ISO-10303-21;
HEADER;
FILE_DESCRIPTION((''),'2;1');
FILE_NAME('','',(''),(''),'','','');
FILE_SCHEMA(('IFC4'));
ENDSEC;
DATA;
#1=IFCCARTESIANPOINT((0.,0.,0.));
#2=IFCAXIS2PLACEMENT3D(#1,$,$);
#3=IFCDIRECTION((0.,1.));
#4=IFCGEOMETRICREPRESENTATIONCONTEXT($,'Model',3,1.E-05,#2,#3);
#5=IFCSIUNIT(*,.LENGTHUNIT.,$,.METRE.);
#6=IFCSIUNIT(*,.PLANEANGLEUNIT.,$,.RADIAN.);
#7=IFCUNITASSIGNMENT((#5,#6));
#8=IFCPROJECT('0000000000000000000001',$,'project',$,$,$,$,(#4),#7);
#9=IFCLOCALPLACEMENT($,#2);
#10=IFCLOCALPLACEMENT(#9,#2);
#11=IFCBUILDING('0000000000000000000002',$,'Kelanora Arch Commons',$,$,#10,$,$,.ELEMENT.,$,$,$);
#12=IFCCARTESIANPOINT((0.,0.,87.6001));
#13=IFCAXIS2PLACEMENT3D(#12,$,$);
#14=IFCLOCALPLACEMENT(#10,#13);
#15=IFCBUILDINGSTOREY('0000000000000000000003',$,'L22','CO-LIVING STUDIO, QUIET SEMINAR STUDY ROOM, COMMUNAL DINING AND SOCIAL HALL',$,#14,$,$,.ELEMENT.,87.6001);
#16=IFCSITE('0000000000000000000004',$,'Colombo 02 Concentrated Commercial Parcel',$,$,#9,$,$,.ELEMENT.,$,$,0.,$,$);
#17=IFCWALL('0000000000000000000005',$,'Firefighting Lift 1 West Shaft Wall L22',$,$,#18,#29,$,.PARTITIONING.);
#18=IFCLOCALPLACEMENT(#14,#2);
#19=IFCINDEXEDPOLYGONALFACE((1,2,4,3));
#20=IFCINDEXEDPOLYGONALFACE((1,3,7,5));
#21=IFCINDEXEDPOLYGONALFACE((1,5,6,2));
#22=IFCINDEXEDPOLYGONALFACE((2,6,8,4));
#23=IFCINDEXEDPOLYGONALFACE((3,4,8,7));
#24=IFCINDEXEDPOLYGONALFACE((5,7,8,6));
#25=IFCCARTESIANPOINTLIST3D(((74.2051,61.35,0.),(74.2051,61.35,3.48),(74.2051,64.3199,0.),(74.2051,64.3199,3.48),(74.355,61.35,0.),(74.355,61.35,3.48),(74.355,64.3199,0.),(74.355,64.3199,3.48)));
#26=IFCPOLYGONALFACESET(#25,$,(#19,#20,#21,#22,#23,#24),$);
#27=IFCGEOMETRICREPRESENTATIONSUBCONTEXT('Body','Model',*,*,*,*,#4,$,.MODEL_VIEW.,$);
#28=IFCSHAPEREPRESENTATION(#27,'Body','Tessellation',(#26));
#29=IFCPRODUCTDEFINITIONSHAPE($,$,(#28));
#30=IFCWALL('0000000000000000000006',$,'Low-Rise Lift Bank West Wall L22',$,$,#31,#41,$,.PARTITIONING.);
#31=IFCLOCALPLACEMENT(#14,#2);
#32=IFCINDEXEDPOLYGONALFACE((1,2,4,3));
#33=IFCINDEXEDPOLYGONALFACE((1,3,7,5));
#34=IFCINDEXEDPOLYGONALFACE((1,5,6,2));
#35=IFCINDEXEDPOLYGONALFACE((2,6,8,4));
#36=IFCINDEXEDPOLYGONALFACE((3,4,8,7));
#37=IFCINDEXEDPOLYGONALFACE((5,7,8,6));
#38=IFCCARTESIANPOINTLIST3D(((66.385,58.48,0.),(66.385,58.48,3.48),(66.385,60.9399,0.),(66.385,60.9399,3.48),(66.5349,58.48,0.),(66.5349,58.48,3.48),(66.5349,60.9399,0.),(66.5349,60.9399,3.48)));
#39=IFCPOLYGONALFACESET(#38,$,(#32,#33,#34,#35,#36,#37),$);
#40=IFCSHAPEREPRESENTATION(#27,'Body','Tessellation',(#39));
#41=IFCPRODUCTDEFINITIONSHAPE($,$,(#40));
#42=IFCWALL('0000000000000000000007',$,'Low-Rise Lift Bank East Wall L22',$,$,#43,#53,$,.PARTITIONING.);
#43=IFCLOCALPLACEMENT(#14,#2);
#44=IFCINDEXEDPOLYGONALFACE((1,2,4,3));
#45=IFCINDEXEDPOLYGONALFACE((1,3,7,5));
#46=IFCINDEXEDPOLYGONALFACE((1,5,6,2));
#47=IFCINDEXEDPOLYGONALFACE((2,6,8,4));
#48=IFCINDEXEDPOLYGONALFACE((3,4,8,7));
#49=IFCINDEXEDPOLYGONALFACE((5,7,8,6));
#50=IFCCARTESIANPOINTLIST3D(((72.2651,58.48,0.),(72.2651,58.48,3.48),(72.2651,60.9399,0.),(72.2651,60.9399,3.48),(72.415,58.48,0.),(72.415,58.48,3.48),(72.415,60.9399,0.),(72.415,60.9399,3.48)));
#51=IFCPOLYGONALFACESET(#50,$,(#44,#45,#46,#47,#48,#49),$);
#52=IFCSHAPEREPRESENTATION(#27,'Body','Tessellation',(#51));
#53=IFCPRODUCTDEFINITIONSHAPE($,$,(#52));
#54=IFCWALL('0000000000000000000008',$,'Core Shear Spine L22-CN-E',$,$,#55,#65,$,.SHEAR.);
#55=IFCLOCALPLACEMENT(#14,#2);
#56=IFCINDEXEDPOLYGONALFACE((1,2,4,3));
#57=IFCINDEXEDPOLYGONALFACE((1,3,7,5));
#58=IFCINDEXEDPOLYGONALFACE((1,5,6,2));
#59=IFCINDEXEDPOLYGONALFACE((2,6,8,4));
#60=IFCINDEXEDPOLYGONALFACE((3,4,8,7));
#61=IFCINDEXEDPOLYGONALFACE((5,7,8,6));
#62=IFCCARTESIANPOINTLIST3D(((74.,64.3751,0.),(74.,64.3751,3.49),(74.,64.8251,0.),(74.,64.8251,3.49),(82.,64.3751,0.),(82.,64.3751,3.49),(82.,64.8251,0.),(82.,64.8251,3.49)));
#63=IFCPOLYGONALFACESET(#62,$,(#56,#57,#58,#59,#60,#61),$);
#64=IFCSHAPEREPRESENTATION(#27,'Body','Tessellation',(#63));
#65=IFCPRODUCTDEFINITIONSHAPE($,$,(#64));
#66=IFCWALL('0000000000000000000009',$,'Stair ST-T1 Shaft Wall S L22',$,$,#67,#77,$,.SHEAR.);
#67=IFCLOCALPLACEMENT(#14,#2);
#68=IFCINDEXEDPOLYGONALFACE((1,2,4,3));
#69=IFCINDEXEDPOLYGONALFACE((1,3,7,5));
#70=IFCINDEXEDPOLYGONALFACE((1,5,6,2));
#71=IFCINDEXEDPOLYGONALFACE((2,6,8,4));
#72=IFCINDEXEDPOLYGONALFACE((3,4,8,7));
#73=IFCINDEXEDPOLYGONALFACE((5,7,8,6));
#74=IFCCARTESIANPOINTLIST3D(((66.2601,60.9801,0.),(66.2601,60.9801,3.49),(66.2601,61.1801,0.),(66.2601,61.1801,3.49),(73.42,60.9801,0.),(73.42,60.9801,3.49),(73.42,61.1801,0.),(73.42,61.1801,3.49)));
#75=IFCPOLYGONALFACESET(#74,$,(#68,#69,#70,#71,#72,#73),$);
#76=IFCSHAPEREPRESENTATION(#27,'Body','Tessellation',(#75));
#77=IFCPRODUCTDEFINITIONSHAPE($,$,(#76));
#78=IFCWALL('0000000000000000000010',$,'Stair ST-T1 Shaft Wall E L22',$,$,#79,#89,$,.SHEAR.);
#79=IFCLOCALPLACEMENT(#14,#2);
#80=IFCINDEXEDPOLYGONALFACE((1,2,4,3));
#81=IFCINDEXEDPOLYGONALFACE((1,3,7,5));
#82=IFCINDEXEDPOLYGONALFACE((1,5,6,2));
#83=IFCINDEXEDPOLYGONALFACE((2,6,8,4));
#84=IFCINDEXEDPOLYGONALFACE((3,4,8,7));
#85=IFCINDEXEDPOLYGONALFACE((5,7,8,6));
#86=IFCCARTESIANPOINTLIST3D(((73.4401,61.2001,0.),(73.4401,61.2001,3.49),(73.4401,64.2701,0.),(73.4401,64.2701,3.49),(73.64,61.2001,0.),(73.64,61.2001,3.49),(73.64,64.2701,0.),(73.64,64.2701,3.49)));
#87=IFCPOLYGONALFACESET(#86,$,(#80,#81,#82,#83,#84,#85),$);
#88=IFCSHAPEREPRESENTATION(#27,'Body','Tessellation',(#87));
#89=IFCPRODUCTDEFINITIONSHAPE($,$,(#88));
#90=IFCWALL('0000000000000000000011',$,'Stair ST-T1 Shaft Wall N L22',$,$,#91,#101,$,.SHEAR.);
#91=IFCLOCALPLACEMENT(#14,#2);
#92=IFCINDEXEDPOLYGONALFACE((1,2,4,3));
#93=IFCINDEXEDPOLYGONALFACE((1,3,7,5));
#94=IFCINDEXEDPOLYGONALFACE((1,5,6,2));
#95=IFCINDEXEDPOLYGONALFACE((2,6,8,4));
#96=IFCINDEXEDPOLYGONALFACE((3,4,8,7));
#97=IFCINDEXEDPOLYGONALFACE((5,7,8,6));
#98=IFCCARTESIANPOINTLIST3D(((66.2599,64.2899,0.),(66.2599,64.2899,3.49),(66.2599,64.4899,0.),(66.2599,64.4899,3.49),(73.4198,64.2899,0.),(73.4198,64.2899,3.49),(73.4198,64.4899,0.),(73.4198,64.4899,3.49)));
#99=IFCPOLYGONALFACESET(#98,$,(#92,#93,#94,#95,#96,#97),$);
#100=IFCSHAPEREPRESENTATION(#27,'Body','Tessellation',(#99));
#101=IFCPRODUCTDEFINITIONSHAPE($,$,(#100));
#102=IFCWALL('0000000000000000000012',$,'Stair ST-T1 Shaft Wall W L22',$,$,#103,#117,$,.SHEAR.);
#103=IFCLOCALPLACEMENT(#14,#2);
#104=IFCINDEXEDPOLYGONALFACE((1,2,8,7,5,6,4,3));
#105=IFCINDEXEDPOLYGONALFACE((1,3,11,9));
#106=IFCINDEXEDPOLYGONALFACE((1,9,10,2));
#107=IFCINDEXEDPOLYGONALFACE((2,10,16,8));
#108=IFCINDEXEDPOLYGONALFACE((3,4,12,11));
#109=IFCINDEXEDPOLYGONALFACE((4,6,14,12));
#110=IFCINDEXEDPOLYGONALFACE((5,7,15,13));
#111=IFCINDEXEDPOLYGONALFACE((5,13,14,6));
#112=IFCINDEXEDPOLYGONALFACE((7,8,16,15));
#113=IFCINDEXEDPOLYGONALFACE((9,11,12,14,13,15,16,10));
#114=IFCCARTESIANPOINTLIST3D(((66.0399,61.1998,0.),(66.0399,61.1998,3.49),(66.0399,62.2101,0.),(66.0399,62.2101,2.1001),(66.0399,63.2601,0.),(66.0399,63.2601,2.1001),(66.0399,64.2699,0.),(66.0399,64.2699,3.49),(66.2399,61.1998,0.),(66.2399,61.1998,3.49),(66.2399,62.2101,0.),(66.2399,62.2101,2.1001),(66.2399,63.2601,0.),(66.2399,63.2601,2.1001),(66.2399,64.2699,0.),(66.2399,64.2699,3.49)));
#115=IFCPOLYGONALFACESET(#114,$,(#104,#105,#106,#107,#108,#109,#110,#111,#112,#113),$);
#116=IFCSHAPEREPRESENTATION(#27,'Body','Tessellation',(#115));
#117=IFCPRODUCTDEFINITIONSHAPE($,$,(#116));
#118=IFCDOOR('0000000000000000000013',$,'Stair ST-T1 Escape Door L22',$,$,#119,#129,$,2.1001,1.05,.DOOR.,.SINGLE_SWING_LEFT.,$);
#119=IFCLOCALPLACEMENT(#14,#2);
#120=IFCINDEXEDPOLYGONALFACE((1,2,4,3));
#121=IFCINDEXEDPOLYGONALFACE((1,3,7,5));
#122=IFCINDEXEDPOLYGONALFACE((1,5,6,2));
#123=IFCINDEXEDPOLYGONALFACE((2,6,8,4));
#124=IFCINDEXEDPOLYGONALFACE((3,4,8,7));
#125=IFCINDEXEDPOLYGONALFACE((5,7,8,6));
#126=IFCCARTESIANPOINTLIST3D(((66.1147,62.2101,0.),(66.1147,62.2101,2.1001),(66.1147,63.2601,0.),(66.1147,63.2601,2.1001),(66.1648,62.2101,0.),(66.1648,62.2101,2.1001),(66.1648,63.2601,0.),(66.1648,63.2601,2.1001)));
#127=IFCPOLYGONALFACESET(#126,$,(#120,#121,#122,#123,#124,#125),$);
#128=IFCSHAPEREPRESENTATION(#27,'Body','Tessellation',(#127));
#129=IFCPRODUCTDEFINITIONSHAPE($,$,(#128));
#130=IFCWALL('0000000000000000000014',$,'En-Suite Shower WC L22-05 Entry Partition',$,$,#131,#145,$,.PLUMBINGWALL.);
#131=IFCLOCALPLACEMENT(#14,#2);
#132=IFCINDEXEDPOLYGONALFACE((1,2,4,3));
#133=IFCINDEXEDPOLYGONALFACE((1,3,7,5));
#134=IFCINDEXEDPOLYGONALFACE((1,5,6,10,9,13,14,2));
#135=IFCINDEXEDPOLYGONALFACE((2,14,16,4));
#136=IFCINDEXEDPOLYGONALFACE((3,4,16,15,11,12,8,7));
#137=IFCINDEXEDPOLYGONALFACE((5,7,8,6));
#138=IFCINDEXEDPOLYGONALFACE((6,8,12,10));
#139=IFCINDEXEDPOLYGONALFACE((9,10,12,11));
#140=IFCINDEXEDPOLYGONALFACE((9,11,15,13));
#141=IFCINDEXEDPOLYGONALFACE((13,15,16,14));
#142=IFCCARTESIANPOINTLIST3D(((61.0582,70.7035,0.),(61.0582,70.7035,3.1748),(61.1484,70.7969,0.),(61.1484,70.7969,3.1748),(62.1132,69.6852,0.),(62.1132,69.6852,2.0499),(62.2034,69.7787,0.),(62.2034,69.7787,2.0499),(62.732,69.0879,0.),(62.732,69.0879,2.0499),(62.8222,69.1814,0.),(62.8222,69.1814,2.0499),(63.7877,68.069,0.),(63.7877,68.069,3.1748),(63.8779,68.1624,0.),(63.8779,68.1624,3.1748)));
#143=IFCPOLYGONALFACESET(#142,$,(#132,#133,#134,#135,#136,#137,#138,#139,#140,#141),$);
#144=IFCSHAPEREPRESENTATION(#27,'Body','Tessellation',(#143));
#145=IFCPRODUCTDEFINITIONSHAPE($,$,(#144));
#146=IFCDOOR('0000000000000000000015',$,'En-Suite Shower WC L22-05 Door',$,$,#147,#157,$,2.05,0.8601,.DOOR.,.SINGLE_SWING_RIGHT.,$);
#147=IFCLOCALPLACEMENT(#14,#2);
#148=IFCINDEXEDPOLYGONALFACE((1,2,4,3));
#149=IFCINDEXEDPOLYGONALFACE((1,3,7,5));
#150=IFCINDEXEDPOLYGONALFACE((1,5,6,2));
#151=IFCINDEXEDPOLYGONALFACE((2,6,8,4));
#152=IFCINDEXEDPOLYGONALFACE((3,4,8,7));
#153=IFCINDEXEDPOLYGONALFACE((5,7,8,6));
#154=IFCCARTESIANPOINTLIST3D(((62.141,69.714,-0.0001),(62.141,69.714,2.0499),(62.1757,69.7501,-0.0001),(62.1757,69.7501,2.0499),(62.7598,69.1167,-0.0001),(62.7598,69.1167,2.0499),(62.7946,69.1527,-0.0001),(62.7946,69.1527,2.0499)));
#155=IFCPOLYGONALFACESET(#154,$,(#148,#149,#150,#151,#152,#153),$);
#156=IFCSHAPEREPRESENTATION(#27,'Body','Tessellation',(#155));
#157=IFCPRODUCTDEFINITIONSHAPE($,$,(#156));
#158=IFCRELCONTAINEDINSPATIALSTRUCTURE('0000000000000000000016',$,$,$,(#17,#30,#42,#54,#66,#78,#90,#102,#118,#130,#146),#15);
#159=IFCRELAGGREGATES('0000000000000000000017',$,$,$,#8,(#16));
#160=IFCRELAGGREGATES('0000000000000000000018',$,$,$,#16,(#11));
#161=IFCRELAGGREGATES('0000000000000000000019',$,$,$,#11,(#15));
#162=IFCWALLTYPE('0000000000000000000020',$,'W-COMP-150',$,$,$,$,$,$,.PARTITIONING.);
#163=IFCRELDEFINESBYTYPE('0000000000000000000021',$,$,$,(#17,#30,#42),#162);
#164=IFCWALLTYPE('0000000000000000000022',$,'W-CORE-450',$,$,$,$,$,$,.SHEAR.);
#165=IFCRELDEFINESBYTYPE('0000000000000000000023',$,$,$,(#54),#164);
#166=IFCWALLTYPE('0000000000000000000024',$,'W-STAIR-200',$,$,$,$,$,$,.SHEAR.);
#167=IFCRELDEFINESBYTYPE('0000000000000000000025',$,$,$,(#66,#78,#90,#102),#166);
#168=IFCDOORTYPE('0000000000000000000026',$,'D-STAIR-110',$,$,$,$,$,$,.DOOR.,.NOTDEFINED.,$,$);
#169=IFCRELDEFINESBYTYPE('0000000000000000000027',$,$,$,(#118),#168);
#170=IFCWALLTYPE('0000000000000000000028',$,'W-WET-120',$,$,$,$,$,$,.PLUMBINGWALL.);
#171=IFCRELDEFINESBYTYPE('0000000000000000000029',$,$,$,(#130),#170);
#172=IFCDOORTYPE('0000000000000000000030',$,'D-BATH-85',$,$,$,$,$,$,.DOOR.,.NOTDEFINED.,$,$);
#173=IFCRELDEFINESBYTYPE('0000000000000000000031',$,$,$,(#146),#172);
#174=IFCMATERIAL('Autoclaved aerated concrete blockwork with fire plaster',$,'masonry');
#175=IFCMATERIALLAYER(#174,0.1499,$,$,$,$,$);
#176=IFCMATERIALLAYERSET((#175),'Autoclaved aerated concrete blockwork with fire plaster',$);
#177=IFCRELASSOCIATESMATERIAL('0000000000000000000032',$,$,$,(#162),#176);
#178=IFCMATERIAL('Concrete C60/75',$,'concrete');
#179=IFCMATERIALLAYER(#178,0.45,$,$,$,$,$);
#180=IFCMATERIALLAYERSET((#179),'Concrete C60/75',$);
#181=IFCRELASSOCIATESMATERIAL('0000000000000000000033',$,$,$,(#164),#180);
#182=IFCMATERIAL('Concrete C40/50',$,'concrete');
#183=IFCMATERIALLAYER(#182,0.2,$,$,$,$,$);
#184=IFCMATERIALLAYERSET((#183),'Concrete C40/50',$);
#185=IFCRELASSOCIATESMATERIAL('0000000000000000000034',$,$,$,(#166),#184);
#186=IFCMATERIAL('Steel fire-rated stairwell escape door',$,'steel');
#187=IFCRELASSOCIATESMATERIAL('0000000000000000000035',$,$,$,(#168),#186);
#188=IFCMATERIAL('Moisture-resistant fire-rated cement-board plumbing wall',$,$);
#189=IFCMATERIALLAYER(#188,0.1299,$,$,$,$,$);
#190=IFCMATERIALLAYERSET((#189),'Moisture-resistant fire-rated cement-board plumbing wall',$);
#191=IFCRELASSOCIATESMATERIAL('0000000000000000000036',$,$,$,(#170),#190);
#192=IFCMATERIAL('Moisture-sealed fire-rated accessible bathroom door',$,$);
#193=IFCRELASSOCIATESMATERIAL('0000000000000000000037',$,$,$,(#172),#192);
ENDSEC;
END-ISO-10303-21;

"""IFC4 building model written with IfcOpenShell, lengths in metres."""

from ifc_helpers import new_model, si_unit, direction, frame, frame_2d, origin, place, context, subcontext, project, spatial, rectangle, extrude, material, layer, layer_set, type_object, element, fill, save


model = new_model("IFC4")

# Units and contexts
model_context = context("Model", 3, precision=1e-05, world=origin(), true_north=direction((0.0, 1.0)))
body_context = subcontext(model_context, "Body", "Model", "MODEL_VIEW")
ifc_project = project(units=[si_unit("LENGTHUNIT", "METRE"), si_unit("PLANEANGLEUNIT", "RADIAN")], contexts=[model_context])

# Site, building, storey
site_placement = place(None, origin())
site = spatial("IfcSite", under=ifc_project, at=site_placement, Name="Colombo 02 Concentrated Commercial Parcel", CompositionType="ELEMENT", RefElevation=0.0)
building_placement = place(site_placement, origin())
building = spatial("IfcBuilding", under=site, at=building_placement, Name="Kelanora Arch Commons", CompositionType="ELEMENT")
storey_placement = place(building_placement, frame((0.0, 0.0, 87.6001)))
storey = spatial("IfcBuildingStorey", under=building, at=storey_placement, Name="L22", Description="CO-LIVING STUDIO, QUIET SEMINAR STUDY ROOM, COMMUNAL DINING AND SOCIAL HALL", CompositionType="ELEMENT", Elevation=87.6001)

# Shared definitions
ifc_material_1 = material(Name="Concrete C60/75", Category="concrete")

# Walls
ifc_material_2 = material(Name="Autoclaved aerated concrete blockwork with fire plaster", Category="masonry")
ifc_layer_1 = layer(ifc_material_2, 0.1499)
ifc_layer_set_1 = layer_set([ifc_layer_1], Name="Autoclaved aerated concrete blockwork with fire plaster")
wall_type_1 = type_object("IfcWallType", Name="W-COMP-150", PredefinedType="PARTITIONING", material=ifc_layer_set_1)
wall_1_placement = place(storey_placement, frame((74.28, 61.3501, 0.0), z_axis=(0.0, 0.0, 1.0), x_axis=(0.0, 1.0, 0.0)))
element("IfcWall", 1, at=wall_1_placement, inside=storey, type_object=wall_type_1, Name="Firefighting Lift 1 West Shaft Wall L22", PredefinedType="PARTITIONING", context=body_context, shape_type="SweptSolid", body=[
    extrude(rectangle(XDim=2.97, YDim=0.1499, at=frame_2d((1.4849, 0.0))), origin(), (0.0, 0.0, 1.0), 3.48),
])
for number, where, z_axis, x_axis, name in (
    (2, (66.46, 58.48, 0.0), (0.0, 0.0, 1.0), (0.0, 1.0, 0.0), "Low-Rise Lift Bank West Wall L22"),
    (3, (72.3401, 58.48, 0.0), (0.0, 0.0, 1.0), (0.0, 1.0, 0.0), "Low-Rise Lift Bank East Wall L22"),
):
    element("IfcWall", number, at=place(storey_placement, frame(where, z_axis=z_axis, x_axis=x_axis)), inside=storey, type_object=wall_type_1, Name=name, PredefinedType="PARTITIONING", context=body_context, shape_type="SweptSolid", body=[
        extrude(rectangle(XDim=2.46, YDim=0.1499, at=frame_2d((1.23, 0.0))), origin(), (0.0, 0.0, 1.0), 3.48),
    ])
ifc_layer_2 = layer(ifc_material_1, 0.45)
ifc_layer_set_2 = layer_set([ifc_layer_2], Name="Concrete C60/75")
wall_type_2 = type_object("IfcWallType", Name="W-CORE-450", PredefinedType="SHEAR", material=ifc_layer_set_2)
wall_2_placement = place(storey_placement, frame((74.0, 64.6001, 0.0), z_axis=(0.0, 0.0, 1.0), x_axis=(1.0, 0.0, 0.0)))
element("IfcWall", 4, at=wall_2_placement, inside=storey, type_object=wall_type_2, Name="Core Shear Spine L22-CN-E", PredefinedType="SHEAR", context=body_context, shape_type="SweptSolid", body=[
    extrude(rectangle(XDim=8.0, YDim=0.45, at=frame_2d((4.0, 0.0))), origin(), (0.0, 0.0, 1.0), 3.49),
])

# Shared definitions
ifc_material_3 = material(Name="Concrete C40/50", Category="concrete")

# Walls
ifc_layer_3 = layer(ifc_material_3, 0.2)
ifc_layer_set_3 = layer_set([ifc_layer_3], Name="Concrete C40/50")
wall_type_3 = type_object("IfcWallType", Name="W-STAIR-200", PredefinedType="SHEAR", material=ifc_layer_set_3)
wall_3_placement = place(storey_placement, frame((66.26, 61.0801, 0.0), z_axis=(0.0, 0.0, 1.0), x_axis=(1.0, 0.0, 0.0)))
element("IfcWall", 5, at=wall_3_placement, inside=storey, type_object=wall_type_3, Name="Stair ST-T1 Shaft Wall S L22", PredefinedType="SHEAR", context=body_context, shape_type="SweptSolid", body=[
    extrude(rectangle(XDim=7.1599, YDim=0.2, at=frame_2d((3.5801, 0.0))), origin(), (0.0, 0.0, 1.0), 3.49),
])
wall_4_placement = place(storey_placement, frame((73.54, 61.2, 0.0), z_axis=(0.0, 0.0, 1.0), x_axis=(0.0, 1.0, 0.0)))
element("IfcWall", 6, at=wall_4_placement, inside=storey, type_object=wall_type_3, Name="Stair ST-T1 Shaft Wall E L22", PredefinedType="SHEAR", context=body_context, shape_type="SweptSolid", body=[
    extrude(rectangle(XDim=3.0701, YDim=0.2, at=frame_2d((1.5352, 0.0))), origin(), (0.0, 0.0, 1.0), 3.49),
])
wall_5_placement = place(storey_placement, frame((73.4199, 64.3899, 0.0), z_axis=(0.0, 0.0, 1.0), x_axis=(-1.0, 0.0, 0.0)))
element("IfcWall", 7, at=wall_5_placement, inside=storey, type_object=wall_type_3, Name="Stair ST-T1 Shaft Wall N L22", PredefinedType="SHEAR", context=body_context, shape_type="SweptSolid", body=[
    extrude(rectangle(XDim=7.1599, YDim=0.2, at=frame_2d((3.5801, 0.0))), origin(), (0.0, 0.0, 1.0), 3.49),
])

# Walls, openings, doors
wall_6_placement = place(storey_placement, frame((66.1399, 64.27, 0.0), z_axis=(0.0, 0.0, 1.0), x_axis=(0.0, -1.0, 0.0)))
wall_6 = element("IfcWall", 8, at=wall_6_placement, inside=storey, type_object=wall_type_3, Name="Stair ST-T1 Shaft Wall W L22", PredefinedType="SHEAR", context=body_context, shape_type="SweptSolid", body=[
    extrude(rectangle(XDim=3.0701, YDim=0.2, at=frame_2d((1.5352, 0.0))), origin(), (0.0, 0.0, 1.0), 3.49),
])
opening_1_placement = place(wall_6_placement, frame((1.01, 0.0, 0.0)))
opening_1 = element("IfcOpeningElement", 9, at=opening_1_placement, cuts=wall_6, PredefinedType="OPENING", context=body_context, shape_type="SweptSolid", body=[
    extrude(rectangle(XDim=1.05, YDim=2.1001, at=frame_2d((0.5249, 1.05))), frame((0.0, 0.1099, 0.0), z_axis=(0.0, -1.0, 0.0), x_axis=(1.0, 0.0, 0.0)), (0.0, 0.0, 1.0), 0.22),
])
ifc_material_4 = material(Name="Steel fire-rated stairwell escape door", Category="steel")
door_type_1 = type_object("IfcDoorType", Name="D-STAIR-110", OperationType="NOTDEFINED", PredefinedType="DOOR", material=ifc_material_4)
door_1_placement = place(opening_1_placement, origin())
door_1 = element("IfcDoor", 10, at=door_1_placement, inside=storey, type_object=door_type_1, Name="Stair ST-T1 Escape Door L22", OperationType="SINGLE_SWING_LEFT", OverallHeight=2.1001, OverallWidth=1.05, PredefinedType="DOOR", context=body_context, shape_type="SweptSolid", body=[
    extrude(rectangle(XDim=1.05, YDim=2.1001, at=frame_2d((0.5249, 1.05))), frame((0.0, 0.0249, 0.0), z_axis=(0.0, -1.0, 0.0), x_axis=(1.0, 0.0, 0.0)), (0.0, 0.0, 1.0), 0.05),
])
fill(opening_1, door_1)
ifc_material_5 = material(Name="Moisture-resistant fire-rated cement-board plumbing wall")
ifc_layer_4 = layer(ifc_material_5, 0.1299)
ifc_layer_set_4 = layer_set([ifc_layer_4], Name="Moisture-resistant fire-rated cement-board plumbing wall")
wall_type_4 = type_object("IfcWallType", Name="W-WET-120", PredefinedType="PLUMBINGWALL", material=ifc_layer_set_4)
wall_7_placement = place(storey_placement, frame((63.8328, 68.1157, 0.0), z_axis=(0.0, 0.0, 1.0), x_axis=(-0.719513, 0.694479, 0.0)))
wall_7 = element("IfcWall", 11, at=wall_7_placement, inside=storey, type_object=wall_type_4, Name="En-Suite Shower WC L22-05 Entry Partition", PredefinedType="PLUMBINGWALL", context=body_context, shape_type="SweptSolid", body=[
    extrude(rectangle(XDim=3.7935, YDim=0.1299, at=frame_2d((1.8967, 0.0))), origin(), (0.0, 0.0, 1.0), 3.1748),
])
opening_2_placement = place(wall_7_placement, frame((1.467, 0.0, 0.0)))
opening_2 = element("IfcOpeningElement", 12, at=opening_2_placement, cuts=wall_7, PredefinedType="OPENING", context=body_context, shape_type="SweptSolid", body=[
    extrude(rectangle(XDim=0.8601, YDim=2.05, at=frame_2d((0.4302, 1.0249))), frame((0.0, 0.075, 0.0), z_axis=(0.0, -1.0, 0.0), x_axis=(1.0, 0.0, 0.0)), (0.0, 0.0, 1.0), 0.1499),
])
ifc_material_6 = material(Name="Moisture-sealed fire-rated accessible bathroom door")
door_type_2 = type_object("IfcDoorType", Name="D-BATH-85", OperationType="NOTDEFINED", PredefinedType="DOOR", material=ifc_material_6)
door_2_placement = place(opening_2_placement, origin())
door_2 = element("IfcDoor", 13, at=door_2_placement, inside=storey, type_object=door_type_2, Name="En-Suite Shower WC L22-05 Door", OperationType="SINGLE_SWING_RIGHT", OverallHeight=2.05, OverallWidth=0.8601, PredefinedType="DOOR", context=body_context, shape_type="SweptSolid", body=[
    extrude(rectangle(XDim=0.8601, YDim=2.05, at=frame_2d((0.4302, 1.0249))), frame((0.0, 0.0249, 0.0), z_axis=(0.0, -1.0, 0.0), x_axis=(1.0, 0.0, 0.0)), (0.0, 0.0, 1.0), 0.05),
])
fill(opening_2, door_2)

save(model, "model.ifc")
